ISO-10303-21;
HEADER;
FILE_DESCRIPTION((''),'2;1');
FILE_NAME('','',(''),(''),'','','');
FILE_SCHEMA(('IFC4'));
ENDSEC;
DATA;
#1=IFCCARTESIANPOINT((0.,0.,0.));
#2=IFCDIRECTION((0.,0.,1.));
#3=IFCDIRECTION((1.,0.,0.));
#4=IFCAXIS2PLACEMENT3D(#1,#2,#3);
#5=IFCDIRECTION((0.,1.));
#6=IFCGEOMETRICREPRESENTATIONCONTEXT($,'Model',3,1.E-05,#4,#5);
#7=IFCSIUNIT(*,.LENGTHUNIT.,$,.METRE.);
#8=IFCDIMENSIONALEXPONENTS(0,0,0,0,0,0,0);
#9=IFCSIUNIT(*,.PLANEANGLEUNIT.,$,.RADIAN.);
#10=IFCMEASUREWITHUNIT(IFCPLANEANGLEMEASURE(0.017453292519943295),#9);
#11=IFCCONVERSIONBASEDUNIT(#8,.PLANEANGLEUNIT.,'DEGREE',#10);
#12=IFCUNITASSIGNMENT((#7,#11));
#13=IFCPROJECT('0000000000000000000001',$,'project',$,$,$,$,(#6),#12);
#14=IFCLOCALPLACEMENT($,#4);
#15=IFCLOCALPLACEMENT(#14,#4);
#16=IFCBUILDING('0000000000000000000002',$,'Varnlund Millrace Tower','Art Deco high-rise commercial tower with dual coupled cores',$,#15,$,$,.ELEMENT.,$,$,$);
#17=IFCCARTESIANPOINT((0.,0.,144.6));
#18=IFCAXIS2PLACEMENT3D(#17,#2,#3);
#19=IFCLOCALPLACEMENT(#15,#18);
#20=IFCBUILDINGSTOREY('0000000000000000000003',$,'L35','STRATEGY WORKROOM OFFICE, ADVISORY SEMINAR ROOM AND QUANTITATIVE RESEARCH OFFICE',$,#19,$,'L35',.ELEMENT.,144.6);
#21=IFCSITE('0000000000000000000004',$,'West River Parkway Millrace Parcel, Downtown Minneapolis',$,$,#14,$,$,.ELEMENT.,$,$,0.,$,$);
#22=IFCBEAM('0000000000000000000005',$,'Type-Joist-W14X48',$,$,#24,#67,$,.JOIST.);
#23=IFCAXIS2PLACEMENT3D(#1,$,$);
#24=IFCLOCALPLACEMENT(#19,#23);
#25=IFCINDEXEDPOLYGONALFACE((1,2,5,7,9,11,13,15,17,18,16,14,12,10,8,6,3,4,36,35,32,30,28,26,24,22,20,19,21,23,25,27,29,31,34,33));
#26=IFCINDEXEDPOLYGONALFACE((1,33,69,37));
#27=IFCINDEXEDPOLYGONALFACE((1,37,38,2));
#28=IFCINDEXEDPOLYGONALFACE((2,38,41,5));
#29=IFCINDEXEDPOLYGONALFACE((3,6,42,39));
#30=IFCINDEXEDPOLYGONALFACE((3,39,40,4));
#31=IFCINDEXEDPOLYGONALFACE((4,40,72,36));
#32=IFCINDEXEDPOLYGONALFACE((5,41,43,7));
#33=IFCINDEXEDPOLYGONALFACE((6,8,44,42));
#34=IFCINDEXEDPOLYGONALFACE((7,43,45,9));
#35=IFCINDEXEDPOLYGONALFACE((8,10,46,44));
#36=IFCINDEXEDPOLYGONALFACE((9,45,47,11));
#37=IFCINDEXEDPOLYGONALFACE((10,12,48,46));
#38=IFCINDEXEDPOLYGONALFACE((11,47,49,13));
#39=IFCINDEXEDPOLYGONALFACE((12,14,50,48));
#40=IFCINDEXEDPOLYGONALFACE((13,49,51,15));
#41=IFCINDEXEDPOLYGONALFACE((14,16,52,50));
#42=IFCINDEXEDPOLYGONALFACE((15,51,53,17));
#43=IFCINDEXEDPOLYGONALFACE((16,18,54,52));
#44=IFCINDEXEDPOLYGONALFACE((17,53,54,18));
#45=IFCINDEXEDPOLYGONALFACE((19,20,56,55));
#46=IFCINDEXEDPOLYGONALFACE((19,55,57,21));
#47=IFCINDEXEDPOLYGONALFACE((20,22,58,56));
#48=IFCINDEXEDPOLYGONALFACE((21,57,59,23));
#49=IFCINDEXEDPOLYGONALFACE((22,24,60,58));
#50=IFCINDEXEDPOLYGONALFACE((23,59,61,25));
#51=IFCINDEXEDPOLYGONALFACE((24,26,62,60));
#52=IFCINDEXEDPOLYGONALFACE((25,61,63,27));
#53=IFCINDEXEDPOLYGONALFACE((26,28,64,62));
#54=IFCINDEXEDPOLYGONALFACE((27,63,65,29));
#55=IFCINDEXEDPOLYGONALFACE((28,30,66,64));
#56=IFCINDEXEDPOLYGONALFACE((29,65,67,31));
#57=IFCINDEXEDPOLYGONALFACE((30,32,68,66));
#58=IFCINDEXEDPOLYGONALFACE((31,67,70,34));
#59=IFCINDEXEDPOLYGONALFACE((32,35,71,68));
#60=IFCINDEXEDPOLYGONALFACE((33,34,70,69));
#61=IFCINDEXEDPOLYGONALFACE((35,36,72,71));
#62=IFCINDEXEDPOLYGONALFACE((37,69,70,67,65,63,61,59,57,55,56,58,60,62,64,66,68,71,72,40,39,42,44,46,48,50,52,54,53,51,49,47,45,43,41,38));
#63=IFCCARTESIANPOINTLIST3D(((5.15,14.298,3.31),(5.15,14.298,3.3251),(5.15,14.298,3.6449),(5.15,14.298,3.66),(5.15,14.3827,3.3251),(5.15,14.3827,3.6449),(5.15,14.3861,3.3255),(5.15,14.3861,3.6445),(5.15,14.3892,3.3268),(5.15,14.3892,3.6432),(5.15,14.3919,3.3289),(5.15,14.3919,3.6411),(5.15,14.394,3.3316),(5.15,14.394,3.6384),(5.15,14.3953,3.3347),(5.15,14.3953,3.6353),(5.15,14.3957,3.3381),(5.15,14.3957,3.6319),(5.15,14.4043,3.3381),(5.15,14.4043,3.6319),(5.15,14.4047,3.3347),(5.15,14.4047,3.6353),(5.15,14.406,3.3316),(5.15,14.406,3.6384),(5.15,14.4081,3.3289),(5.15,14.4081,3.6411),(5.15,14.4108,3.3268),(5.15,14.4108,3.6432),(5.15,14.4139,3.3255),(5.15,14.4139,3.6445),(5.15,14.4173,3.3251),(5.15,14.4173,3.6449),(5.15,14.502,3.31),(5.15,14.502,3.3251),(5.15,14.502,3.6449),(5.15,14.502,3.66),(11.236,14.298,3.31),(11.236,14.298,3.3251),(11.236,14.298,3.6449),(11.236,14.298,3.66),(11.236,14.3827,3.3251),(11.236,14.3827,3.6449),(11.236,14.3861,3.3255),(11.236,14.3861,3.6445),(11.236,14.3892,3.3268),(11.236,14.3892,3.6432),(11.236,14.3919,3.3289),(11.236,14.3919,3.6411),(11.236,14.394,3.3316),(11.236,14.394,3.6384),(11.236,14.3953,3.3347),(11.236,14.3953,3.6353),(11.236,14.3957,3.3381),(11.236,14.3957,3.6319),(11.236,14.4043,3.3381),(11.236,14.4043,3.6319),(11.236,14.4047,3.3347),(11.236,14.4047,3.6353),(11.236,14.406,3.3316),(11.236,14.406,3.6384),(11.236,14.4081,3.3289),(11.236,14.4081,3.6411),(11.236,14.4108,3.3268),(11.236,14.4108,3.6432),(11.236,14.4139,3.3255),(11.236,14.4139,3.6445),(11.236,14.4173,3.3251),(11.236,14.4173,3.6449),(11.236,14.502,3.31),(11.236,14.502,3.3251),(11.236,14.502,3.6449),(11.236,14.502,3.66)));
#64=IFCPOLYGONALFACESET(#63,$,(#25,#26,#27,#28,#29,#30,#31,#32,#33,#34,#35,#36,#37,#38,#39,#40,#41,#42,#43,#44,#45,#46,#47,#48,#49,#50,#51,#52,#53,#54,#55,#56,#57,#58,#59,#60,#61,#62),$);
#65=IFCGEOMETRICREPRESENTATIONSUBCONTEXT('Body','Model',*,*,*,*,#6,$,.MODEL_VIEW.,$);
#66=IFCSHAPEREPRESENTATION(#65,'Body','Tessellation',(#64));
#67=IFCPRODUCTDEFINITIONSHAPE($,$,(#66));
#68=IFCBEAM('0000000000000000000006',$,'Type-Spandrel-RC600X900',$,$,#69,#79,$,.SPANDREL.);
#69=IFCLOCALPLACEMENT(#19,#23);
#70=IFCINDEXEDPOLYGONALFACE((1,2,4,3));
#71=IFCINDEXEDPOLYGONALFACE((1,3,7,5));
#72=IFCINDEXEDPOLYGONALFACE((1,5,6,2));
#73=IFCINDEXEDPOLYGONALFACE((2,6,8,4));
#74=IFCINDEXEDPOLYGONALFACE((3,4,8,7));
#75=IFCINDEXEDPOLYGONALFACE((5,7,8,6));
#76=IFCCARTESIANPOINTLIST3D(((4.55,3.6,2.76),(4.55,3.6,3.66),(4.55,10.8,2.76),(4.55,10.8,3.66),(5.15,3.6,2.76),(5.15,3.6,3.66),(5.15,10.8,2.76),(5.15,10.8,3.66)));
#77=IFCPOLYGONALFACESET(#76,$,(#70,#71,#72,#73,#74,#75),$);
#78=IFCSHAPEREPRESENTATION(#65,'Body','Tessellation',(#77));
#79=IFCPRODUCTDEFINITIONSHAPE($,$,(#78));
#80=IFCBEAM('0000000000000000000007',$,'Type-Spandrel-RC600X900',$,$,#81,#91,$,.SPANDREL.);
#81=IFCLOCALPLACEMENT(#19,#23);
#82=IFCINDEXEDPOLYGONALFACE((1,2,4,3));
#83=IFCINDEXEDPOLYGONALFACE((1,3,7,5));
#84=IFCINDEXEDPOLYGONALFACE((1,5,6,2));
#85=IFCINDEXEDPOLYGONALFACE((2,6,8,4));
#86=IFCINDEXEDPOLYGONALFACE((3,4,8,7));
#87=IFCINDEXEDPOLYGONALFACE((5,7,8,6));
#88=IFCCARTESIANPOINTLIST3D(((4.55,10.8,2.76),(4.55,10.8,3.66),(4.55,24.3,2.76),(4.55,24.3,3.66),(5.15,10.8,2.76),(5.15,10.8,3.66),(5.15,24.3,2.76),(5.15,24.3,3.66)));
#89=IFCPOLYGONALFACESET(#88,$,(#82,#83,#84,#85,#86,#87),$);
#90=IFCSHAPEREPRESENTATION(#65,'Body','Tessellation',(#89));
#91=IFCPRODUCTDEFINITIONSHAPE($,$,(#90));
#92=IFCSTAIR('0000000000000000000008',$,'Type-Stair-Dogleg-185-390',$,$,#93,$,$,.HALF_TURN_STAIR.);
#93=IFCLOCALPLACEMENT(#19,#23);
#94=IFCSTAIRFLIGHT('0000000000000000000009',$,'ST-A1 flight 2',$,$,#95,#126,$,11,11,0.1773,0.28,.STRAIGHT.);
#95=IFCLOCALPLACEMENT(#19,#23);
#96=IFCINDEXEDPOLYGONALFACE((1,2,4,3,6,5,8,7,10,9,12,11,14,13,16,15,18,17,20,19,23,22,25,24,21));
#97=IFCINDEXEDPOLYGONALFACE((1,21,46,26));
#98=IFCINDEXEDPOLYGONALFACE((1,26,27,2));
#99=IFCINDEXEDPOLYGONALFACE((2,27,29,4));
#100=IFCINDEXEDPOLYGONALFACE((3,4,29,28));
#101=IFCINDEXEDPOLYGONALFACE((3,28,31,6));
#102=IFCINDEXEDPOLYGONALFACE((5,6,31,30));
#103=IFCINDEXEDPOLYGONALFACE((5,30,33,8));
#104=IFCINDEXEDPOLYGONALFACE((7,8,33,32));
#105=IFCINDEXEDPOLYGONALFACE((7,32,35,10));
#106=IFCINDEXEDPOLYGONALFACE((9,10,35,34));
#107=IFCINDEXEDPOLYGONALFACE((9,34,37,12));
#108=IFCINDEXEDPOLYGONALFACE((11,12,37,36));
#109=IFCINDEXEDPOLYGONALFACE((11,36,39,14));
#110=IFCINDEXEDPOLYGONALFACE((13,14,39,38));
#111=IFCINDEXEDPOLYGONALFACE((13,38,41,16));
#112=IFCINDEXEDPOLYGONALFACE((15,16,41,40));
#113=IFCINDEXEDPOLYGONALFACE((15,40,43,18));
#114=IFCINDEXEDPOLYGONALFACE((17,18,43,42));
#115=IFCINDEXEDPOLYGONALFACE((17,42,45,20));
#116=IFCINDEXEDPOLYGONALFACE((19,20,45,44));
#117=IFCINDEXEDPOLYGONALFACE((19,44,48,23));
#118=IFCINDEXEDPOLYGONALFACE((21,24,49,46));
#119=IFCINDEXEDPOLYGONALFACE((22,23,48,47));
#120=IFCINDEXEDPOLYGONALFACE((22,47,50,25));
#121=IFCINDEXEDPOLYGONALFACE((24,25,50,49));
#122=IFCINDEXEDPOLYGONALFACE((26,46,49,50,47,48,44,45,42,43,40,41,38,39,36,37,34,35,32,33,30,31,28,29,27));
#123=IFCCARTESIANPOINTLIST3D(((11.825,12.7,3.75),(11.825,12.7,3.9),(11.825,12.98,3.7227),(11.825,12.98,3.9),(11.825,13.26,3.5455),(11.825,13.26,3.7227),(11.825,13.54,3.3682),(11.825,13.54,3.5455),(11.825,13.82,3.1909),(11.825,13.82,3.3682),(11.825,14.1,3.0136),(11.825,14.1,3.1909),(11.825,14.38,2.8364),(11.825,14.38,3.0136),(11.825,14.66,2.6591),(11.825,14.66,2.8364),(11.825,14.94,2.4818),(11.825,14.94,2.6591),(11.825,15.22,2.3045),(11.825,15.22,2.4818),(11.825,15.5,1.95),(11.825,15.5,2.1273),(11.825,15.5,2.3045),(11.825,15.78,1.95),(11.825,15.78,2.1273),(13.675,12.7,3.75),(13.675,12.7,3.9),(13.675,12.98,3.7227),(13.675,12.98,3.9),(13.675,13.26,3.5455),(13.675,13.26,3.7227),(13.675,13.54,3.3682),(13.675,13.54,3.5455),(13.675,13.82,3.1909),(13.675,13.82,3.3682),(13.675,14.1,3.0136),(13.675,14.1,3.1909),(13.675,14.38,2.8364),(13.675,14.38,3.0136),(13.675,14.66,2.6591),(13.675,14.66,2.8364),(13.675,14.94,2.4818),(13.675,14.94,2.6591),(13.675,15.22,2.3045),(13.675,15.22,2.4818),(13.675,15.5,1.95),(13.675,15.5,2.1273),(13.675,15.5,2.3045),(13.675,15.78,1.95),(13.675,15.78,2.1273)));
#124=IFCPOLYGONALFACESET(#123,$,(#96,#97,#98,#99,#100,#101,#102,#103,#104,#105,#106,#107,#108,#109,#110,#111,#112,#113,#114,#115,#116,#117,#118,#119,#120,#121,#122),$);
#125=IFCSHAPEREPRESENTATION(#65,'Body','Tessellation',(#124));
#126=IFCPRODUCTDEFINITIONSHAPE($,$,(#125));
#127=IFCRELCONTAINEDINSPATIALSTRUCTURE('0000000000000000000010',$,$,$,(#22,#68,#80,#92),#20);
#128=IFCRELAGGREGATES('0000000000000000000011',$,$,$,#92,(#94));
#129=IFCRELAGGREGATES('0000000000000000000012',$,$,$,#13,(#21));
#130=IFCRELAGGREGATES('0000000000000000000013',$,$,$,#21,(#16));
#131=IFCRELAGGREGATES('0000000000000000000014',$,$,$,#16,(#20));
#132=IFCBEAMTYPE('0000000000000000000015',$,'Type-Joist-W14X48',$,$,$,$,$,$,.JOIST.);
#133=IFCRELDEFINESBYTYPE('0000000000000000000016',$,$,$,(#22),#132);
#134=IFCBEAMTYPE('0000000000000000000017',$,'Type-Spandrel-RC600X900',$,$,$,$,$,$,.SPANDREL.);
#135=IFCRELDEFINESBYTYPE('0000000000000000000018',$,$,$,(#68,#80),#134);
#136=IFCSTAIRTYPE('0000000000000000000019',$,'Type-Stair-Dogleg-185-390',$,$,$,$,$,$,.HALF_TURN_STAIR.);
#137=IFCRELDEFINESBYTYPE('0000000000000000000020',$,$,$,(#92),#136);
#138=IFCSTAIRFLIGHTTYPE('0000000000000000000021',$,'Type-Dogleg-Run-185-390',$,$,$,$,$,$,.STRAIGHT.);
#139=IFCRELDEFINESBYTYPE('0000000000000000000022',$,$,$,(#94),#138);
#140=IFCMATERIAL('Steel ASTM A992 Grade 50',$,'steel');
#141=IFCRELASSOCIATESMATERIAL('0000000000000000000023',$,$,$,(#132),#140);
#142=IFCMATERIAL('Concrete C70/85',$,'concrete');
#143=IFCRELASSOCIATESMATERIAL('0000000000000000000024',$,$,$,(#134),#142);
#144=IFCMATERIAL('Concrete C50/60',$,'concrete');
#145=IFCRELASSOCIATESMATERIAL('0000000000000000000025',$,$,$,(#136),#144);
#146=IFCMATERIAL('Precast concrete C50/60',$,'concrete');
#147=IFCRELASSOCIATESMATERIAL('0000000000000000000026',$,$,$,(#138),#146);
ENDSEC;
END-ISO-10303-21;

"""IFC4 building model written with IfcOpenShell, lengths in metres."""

from ifc_helpers import new_model, entity, si_unit, converted_unit, direction, frame, origin_with_axes, origin_2d_with_axis, place, context, subcontext, project, spatial, polyline, rectangle, i_section, outline, extrude, material, material_profile, profile_set, type_object, element, aggregate, save


model = new_model("IFC4")

# Units and contexts
model_context = context("Model", 3, precision=1e-05, world=origin_with_axes(), true_north=direction((0.0, 1.0)))
body_context = subcontext(model_context, "Body", "Model", "MODEL_VIEW")
ifc_project = project(units=[si_unit("LENGTHUNIT", "METRE"), converted_unit("PLANEANGLEUNIT", "DEGREE", entity("IfcPlaneAngleMeasure", 0.017453292519943295), si_unit("PLANEANGLEUNIT", "RADIAN"), dimensions=[0, 0, 0, 0, 0, 0, 0])], contexts=[model_context])

# Site, building, storey
site_placement = place(None, origin_with_axes())
site = spatial("IfcSite", under=ifc_project, at=site_placement, Name="West River Parkway Millrace Parcel, Downtown Minneapolis", CompositionType="ELEMENT", RefElevation=0.0)
building_placement = place(site_placement, origin_with_axes())
building = spatial("IfcBuilding", under=site, at=building_placement, Name="Varnlund Millrace Tower", Description="Art Deco high-rise commercial tower with dual coupled cores", CompositionType="ELEMENT")
storey_placement = place(building_placement, frame((0.0, 0.0, 144.6), z_axis=(0.0, 0.0, 1.0), x_axis=(1.0, 0.0, 0.0)))
storey = spatial("IfcBuildingStorey", under=building, at=storey_placement, Name="L35", Description="STRATEGY WORKROOM OFFICE, ADVISORY SEMINAR ROOM AND QUANTITATIVE RESEARCH OFFICE", LongName="L35", CompositionType="ELEMENT", Elevation=144.6)

# Beams
ifc_material_1 = material(Name="Steel ASTM A992 Grade 50", Category="steel")
ifc_material_profile_1 = material_profile(ifc_material_1, i_section(OverallWidth=0.204, OverallDepth=0.35, WebThickness=0.0086, FlangeThickness=0.0151, FilletRadius=0.013, at=origin_2d_with_axis()), Name="Steel ASTM A992 Grade 50")
ifc_profile_set_1 = profile_set([ifc_material_profile_1], Name="Steel ASTM A992 Grade 50")
beam_type_1 = type_object("IfcBeamType", Name="Type-Joist-W14X48", PredefinedType="JOIST", material=ifc_profile_set_1)
for number, where, z_axis, x_axis, name in (
    (1, (5.15, 14.4, 3.485), (1.0, 0.0, 0.0), (0.0, 1.0, 0.0), "Type-Joist-W14X48"),
):
    element("IfcBeam", number, at=place(storey_placement, frame(where, z_axis=z_axis, x_axis=x_axis)), inside=storey, type_object=beam_type_1, Name=name, PredefinedType="JOIST", context=body_context, shape_type="SweptSolid", body=[
        extrude(i_section(OverallWidth=0.204, OverallDepth=0.35, WebThickness=0.0086, FlangeThickness=0.0151, FilletRadius=0.013, at=origin_2d_with_axis()), origin_with_axes(), (0.0, 0.0, 1.0), 6.086),
    ])
ifc_material_2 = material(Name="Concrete C70/85", Category="concrete")
ifc_material_profile_2 = material_profile(ifc_material_2, rectangle(XDim=0.6, YDim=0.9, at=origin_2d_with_axis()), Name="Concrete C70/85")
ifc_profile_set_2 = profile_set([ifc_material_profile_2], Name="Concrete C70/85")
beam_type_2 = type_object("IfcBeamType", Name="Type-Spandrel-RC600X900", PredefinedType="SPANDREL", material=ifc_profile_set_2)
beam_1_placement = place(storey_placement, frame((4.85, 3.6, 3.21), z_axis=(0.0, 1.0, 0.0), x_axis=(-1.0, 0.0, 0.0)))
element("IfcBeam", 2, at=beam_1_placement, inside=storey, type_object=beam_type_2, Name="Type-Spandrel-RC600X900", PredefinedType="SPANDREL", context=body_context, shape_type="SweptSolid", body=[
    extrude(rectangle(XDim=0.6, YDim=0.9, at=origin_2d_with_axis()), origin_with_axes(), (0.0, 0.0, 1.0), 7.2),
])
beam_2_placement = place(storey_placement, frame((4.85, 10.8, 3.21), z_axis=(0.0, 1.0, 0.0), x_axis=(-1.0, 0.0, 0.0)))
element("IfcBeam", 3, at=beam_2_placement, inside=storey, type_object=beam_type_2, Name="Type-Spandrel-RC600X900", PredefinedType="SPANDREL", context=body_context, shape_type="SweptSolid", body=[
    extrude(rectangle(XDim=0.6, YDim=0.9, at=origin_2d_with_axis()), origin_with_axes(), (0.0, 0.0, 1.0), 13.5),
])

# Stair, stair flight
ifc_material_3 = material(Name="Concrete C50/60", Category="concrete")
stair_type = type_object("IfcStairType", Name="Type-Stair-Dogleg-185-390", PredefinedType="HALF_TURN_STAIR", material=ifc_material_3)
stair_placement = place(storey_placement, origin_with_axes())
stair = element("IfcStair", 4, at=stair_placement, inside=storey, type_object=stair_type, Name="Type-Stair-Dogleg-185-390", PredefinedType="HALF_TURN_STAIR")
ifc_material_4 = material(Name="Precast concrete C50/60", Category="concrete")
stair_flight_type = type_object("IfcStairFlightType", Name="Type-Dogleg-Run-185-390", PredefinedType="STRAIGHT", material=ifc_material_4)
stair_flight_placement = place(storey_placement, frame((13.675, 15.78, 1.95), z_axis=(-1.0, 0.0, 0.0), x_axis=(0.0, -1.0, 0.0)))
stair_flight = element("IfcStairFlight", 5, at=stair_flight_placement, type_object=stair_flight_type, Name="ST-A1 flight 2", NumberOfRisers=11, NumberOfTreads=11, PredefinedType="STRAIGHT", RiserHeight=0.1773, TreadLength=0.28, context=body_context, shape_type="SweptSolid", body=[
    extrude(outline(polyline([(0.0, 0.0), (0.0, 0.1773), (0.28, 0.1773), (0.28, 0.3545), (0.56, 0.3545), (0.56, 0.5318), (0.84, 0.5318), (0.84, 0.7091), (1.12, 0.7091), (1.12, 0.8864), (1.4, 0.8864), (1.4, 1.0636), (1.68, 1.0636), (1.68, 1.2409), (1.96, 1.2409), (1.96, 1.4182), (2.24, 1.4182), (2.24, 1.5955), (2.52, 1.5955), (2.52, 1.7727), (2.8, 1.7727), (2.8, 1.95), (3.08, 1.95), (3.08, 1.8), (0.28, 0.0), (0.0, 0.0)])), origin_with_axes(), (0.0, 0.0, 1.0), 1.85),
])
aggregate(stair, [stair_flight])

save(model, "model.ifc")
